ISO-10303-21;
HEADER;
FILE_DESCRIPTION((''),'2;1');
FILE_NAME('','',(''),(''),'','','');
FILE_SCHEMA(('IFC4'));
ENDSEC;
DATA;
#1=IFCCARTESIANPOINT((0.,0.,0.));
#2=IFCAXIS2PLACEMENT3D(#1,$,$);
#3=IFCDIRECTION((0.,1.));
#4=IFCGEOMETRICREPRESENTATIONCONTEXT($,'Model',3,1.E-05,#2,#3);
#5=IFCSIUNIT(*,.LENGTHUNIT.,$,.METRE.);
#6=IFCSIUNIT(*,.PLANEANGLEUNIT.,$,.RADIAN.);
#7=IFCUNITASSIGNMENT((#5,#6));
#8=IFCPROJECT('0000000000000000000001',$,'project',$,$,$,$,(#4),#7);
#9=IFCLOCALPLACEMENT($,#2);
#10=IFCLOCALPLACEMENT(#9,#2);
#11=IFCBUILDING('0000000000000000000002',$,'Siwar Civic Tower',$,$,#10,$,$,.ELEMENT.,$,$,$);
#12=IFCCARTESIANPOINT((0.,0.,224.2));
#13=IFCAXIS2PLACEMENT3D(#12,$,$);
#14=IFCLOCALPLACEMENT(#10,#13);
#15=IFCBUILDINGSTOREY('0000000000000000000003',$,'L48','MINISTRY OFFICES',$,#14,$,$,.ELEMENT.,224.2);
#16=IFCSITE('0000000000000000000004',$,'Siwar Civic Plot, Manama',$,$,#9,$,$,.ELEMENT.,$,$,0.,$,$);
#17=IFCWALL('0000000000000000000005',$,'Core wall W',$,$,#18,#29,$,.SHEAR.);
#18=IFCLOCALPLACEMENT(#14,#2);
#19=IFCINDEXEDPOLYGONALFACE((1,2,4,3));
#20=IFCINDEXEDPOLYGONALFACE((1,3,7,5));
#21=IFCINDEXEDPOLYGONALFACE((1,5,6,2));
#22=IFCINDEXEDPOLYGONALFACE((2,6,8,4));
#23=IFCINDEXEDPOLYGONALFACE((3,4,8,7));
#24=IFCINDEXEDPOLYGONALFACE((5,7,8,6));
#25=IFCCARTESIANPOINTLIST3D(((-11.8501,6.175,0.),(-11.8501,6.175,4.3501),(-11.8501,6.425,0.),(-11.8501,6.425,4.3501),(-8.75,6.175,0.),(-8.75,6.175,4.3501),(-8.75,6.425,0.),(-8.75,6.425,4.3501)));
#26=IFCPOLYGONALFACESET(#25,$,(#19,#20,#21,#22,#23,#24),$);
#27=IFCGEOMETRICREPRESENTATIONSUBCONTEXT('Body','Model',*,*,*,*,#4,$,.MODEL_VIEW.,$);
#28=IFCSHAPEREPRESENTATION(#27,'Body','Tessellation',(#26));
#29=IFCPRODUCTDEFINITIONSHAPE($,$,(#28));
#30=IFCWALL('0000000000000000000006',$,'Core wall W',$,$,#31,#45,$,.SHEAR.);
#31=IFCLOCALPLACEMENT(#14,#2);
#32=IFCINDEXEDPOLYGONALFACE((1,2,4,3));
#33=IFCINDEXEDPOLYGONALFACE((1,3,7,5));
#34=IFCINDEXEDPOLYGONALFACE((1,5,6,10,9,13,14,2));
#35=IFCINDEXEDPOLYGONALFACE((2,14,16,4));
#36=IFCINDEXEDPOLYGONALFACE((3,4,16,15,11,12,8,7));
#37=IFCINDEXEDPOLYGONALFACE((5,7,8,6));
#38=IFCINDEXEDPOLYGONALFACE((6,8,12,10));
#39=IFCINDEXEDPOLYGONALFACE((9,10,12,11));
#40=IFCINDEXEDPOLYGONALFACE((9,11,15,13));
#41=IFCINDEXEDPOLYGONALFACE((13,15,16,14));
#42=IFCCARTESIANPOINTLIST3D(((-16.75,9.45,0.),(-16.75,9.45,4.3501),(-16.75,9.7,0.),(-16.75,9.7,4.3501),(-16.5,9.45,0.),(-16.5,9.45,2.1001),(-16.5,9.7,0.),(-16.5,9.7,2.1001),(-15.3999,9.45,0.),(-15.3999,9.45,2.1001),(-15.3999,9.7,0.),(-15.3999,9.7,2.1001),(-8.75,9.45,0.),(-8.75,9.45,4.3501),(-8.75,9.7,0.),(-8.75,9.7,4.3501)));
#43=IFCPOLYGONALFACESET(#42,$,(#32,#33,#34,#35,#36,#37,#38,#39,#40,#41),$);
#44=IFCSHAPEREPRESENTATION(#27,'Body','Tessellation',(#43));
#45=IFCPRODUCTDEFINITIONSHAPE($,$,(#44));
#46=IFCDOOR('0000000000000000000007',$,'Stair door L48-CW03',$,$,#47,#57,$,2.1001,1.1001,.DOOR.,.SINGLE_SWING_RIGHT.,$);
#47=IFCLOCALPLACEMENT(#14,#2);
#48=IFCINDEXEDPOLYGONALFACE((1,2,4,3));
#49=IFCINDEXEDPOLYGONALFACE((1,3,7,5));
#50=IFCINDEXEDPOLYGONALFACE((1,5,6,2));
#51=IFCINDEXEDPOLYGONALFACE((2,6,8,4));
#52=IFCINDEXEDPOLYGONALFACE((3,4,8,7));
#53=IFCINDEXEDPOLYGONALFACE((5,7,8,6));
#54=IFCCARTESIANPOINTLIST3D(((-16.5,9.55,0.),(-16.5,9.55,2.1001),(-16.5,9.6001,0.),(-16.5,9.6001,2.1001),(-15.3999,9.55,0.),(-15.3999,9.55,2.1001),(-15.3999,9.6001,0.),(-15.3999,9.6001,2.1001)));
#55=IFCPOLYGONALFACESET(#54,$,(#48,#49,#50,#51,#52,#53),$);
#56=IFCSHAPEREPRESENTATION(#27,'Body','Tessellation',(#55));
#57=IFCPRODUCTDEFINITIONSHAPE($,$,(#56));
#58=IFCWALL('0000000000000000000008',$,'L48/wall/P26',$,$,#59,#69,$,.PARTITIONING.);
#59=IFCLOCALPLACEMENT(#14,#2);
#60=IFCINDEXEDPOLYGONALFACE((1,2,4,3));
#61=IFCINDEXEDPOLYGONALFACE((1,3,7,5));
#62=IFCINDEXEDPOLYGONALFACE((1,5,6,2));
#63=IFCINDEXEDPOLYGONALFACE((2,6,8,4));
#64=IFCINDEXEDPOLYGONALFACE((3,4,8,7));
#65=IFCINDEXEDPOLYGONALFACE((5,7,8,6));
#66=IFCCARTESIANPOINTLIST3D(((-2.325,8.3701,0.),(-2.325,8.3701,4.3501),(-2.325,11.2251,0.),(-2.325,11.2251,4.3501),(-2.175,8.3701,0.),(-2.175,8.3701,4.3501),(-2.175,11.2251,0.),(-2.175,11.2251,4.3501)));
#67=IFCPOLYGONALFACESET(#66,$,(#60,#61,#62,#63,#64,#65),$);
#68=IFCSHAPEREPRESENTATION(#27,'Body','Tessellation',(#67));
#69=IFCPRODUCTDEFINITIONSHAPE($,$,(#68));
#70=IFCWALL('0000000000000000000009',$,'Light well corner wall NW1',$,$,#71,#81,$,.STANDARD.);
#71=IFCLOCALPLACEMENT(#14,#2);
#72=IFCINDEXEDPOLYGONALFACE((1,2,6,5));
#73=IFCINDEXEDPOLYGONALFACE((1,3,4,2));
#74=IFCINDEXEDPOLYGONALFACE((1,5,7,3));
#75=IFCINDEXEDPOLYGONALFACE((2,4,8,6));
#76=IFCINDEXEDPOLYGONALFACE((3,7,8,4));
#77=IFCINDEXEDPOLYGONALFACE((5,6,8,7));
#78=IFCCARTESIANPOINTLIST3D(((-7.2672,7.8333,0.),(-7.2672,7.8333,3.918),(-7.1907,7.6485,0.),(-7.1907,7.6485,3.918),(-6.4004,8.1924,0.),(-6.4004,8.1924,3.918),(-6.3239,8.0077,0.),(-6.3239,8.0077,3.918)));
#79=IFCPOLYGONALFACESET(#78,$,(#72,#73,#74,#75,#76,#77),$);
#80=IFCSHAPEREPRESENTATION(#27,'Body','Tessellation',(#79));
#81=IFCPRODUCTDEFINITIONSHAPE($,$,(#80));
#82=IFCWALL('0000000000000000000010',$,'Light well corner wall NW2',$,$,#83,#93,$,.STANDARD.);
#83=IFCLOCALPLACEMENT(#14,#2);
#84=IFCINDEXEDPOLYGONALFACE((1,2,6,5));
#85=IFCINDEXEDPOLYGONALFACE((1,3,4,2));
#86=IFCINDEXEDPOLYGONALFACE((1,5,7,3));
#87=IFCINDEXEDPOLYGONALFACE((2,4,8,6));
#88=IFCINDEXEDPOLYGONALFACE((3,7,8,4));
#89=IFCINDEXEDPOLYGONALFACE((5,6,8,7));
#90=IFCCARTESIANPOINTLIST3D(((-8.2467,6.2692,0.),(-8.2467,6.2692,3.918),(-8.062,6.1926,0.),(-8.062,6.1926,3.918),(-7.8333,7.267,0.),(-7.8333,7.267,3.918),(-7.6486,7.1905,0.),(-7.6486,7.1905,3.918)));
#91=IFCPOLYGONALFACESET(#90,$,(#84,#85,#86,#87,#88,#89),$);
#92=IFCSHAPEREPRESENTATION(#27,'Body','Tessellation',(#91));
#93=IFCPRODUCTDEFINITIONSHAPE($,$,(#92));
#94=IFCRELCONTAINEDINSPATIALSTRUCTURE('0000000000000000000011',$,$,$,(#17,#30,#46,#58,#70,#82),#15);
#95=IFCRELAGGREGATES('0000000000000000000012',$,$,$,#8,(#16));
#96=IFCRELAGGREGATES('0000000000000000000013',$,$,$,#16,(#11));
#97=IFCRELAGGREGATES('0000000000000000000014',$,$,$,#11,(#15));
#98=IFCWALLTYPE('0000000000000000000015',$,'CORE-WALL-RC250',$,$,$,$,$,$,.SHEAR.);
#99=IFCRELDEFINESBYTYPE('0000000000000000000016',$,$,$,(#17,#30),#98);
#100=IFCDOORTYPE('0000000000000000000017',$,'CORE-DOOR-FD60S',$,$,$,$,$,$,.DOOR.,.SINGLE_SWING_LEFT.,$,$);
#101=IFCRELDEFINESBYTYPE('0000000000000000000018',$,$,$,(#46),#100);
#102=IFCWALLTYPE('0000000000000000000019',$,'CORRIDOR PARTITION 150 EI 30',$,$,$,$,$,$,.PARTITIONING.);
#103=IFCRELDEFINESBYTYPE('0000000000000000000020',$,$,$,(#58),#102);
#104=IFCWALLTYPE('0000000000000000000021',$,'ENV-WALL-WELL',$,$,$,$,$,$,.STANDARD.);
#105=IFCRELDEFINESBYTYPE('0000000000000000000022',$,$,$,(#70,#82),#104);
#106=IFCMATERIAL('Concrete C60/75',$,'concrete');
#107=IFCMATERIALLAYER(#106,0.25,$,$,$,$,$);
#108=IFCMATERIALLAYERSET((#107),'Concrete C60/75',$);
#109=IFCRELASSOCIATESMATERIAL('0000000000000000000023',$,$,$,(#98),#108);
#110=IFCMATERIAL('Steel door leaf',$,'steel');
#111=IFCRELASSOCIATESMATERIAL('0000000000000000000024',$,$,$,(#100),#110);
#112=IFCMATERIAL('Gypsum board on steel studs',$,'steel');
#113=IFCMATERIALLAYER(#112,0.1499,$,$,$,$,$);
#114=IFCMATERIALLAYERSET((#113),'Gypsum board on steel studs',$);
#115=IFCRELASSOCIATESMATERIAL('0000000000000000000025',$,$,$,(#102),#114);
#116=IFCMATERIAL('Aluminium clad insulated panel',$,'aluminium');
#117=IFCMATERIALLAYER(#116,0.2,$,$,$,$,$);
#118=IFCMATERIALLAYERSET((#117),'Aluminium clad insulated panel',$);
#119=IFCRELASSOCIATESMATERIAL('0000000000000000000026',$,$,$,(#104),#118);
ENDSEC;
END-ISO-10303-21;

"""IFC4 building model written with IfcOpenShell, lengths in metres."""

from ifc_helpers import new_model, si_unit, direction, frame, frame_2d, origin, place, context, subcontext, project, spatial, rectangle, extrude, material, layer, layer_set, type_object, element, fill, save


model = new_model("IFC4")

# Units and contexts
model_context = context("Model", 3, precision=1e-05, world=origin(), true_north=direction((0.0, 1.0)))
body_context = subcontext(model_context, "Body", "Model", "MODEL_VIEW")
ifc_project = project(units=[si_unit("LENGTHUNIT", "METRE"), si_unit("PLANEANGLEUNIT", "RADIAN")], contexts=[model_context])

# Site, building, storey
site_placement = place(None, origin())
site = spatial("IfcSite", under=ifc_project, at=site_placement, Name="Siwar Civic Plot, Manama", CompositionType="ELEMENT", RefElevation=0.0)
building_placement = place(site_placement, origin())
building = spatial("IfcBuilding", under=site, at=building_placement, Name="Siwar Civic Tower", CompositionType="ELEMENT")
storey_placement = place(building_placement, frame((0.0, 0.0, 224.2)))
storey = spatial("IfcBuildingStorey", under=building, at=storey_placement, Name="L48", Description="MINISTRY OFFICES", CompositionType="ELEMENT", Elevation=224.2)

# Shared definitions
ifc_material_1 = material(Name="Concrete C60/75", Category="concrete")
ifc_layer_1 = layer(ifc_material_1, 0.25)
ifc_layer_set_1 = layer_set([ifc_layer_1], Name="Concrete C60/75")
wall_type_1 = type_object("IfcWallType", Name="CORE-WALL-RC250", PredefinedType="SHEAR", material=ifc_layer_set_1)

# Wall
for number, where, z_axis, x_axis, name in (
    (1, (-8.75, 6.3, 0.0), (0.0, 0.0, 1.0), (-1.0, 0.0, 0.0), "Core wall W"),
):
    element("IfcWall", number, at=place(storey_placement, frame(where, z_axis=z_axis, x_axis=x_axis)), inside=storey, type_object=wall_type_1, Name=name, PredefinedType="SHEAR", context=body_context, shape_type="SweptSolid", body=[
        extrude(rectangle(XDim=3.1001, YDim=0.25, at=frame_2d((1.55, 0.0))), origin(), (0.0, 0.0, 1.0), 4.3501),
    ])

# Wall, opening, door
wall_1_placement = place(storey_placement, frame((-8.75, 9.575, 0.0), z_axis=(0.0, 0.0, 1.0), x_axis=(-1.0, 0.0, 0.0)))
wall_1 = element("IfcWall", 2, at=wall_1_placement, inside=storey, type_object=wall_type_1, Name="Core wall W", PredefinedType="SHEAR", context=body_context, shape_type="SweptSolid", body=[
    extrude(rectangle(XDim=8.0, YDim=0.25, at=frame_2d((4.0, 0.0))), origin(), (0.0, 0.0, 1.0), 4.3501),
])
opening_1_placement = place(wall_1_placement, frame((6.6499, 0.0, 0.0)))
opening_1 = element("IfcOpeningElement", 3, at=opening_1_placement, cuts=wall_1, PredefinedType="OPENING", context=body_context, shape_type="SweptSolid", body=[
    extrude(rectangle(XDim=1.1001, YDim=2.1001, at=frame_2d((0.55, 1.05))), frame((0.0, 0.135, 0.0), z_axis=(0.0, -1.0, 0.0), x_axis=(1.0, 0.0, 0.0)), (0.0, 0.0, 1.0), 0.27),
])
ifc_material_2 = material(Name="Steel door leaf", Category="steel")
door_type_1 = type_object("IfcDoorType", Name="CORE-DOOR-FD60S", OperationType="SINGLE_SWING_LEFT", PredefinedType="DOOR", material=ifc_material_2)
door_1_placement = place(opening_1_placement, origin())
door_1 = element("IfcDoor", 4, at=door_1_placement, inside=storey, type_object=door_type_1, Name="Stair door L48-CW03", OperationType="SINGLE_SWING_RIGHT", OverallHeight=2.1001, OverallWidth=1.1001, PredefinedType="DOOR", context=body_context, shape_type="SweptSolid", body=[
    extrude(rectangle(XDim=1.1001, YDim=2.1001, at=frame_2d((0.55, 1.05))), frame((0.0, 0.0249, 0.0), z_axis=(0.0, -1.0, 0.0), x_axis=(1.0, 0.0, 0.0)), (0.0, 0.0, 1.0), 0.05),
])
fill(opening_1, door_1)

# Walls
ifc_material_3 = material(Name="Gypsum board on steel studs", Category="steel")
ifc_layer_2 = layer(ifc_material_3, 0.1499)
ifc_layer_set_2 = layer_set([ifc_layer_2], Name="Gypsum board on steel studs")
wall_type_2 = type_object("IfcWallType", Name="CORRIDOR PARTITION 150 EI 30", PredefinedType="PARTITIONING", material=ifc_layer_set_2)
wall_2_placement = place(storey_placement, frame((-2.25, 8.3701, 0.0), z_axis=(0.0, 0.0, 1.0), x_axis=(0.0, 1.0, 0.0)))
element("IfcWall", 5, at=wall_2_placement, inside=storey, type_object=wall_type_2, Name="L48/wall/P26", PredefinedType="PARTITIONING", context=body_context, shape_type="SweptSolid", body=[
    extrude(rectangle(XDim=2.855, YDim=0.1499, at=frame_2d((1.4275, 0.0))), origin(), (0.0, 0.0, 1.0), 4.3501),
])
ifc_material_4 = material(Name="Aluminium clad insulated panel", Category="aluminium")
ifc_layer_3 = layer(ifc_material_4, 0.2)
ifc_layer_set_3 = layer_set([ifc_layer_3], Name="Aluminium clad insulated panel")
wall_type_3 = type_object("IfcWallType", Name="ENV-WALL-WELL", PredefinedType="STANDARD", material=ifc_layer_set_3)
wall_3_placement = place(storey_placement, frame((-6.3621, 8.1001, 0.0), z_axis=(0.0, 0.0, 1.0), x_axis=(-0.92383, -0.382804, 0.0)))
element("IfcWall", 6, at=wall_3_placement, inside=storey, type_object=wall_type_3, Name="Light well corner wall NW1", PredefinedType="STANDARD", context=body_context, shape_type="SweptSolid", body=[
    extrude(rectangle(XDim=0.9382, YDim=0.2, at=frame_2d((0.4692, 0.0))), origin(), (0.0, 0.0, 1.0), 3.918),
])
wall_4_placement = place(storey_placement, frame((-7.741, 7.2288, 0.0), z_axis=(0.0, 0.0, 1.0), x_axis=(-0.382704, -0.923871, 0.0)))
element("IfcWall", 7, at=wall_4_placement, inside=storey, type_object=wall_type_3, Name="Light well corner wall NW2", PredefinedType="STANDARD", context=body_context, shape_type="SweptSolid", body=[
    extrude(rectangle(XDim=1.0801, YDim=0.2, at=frame_2d((0.54, 0.0))), origin(), (0.0, 0.0, 1.0), 3.918),
])

save(model, "model.ifc")
